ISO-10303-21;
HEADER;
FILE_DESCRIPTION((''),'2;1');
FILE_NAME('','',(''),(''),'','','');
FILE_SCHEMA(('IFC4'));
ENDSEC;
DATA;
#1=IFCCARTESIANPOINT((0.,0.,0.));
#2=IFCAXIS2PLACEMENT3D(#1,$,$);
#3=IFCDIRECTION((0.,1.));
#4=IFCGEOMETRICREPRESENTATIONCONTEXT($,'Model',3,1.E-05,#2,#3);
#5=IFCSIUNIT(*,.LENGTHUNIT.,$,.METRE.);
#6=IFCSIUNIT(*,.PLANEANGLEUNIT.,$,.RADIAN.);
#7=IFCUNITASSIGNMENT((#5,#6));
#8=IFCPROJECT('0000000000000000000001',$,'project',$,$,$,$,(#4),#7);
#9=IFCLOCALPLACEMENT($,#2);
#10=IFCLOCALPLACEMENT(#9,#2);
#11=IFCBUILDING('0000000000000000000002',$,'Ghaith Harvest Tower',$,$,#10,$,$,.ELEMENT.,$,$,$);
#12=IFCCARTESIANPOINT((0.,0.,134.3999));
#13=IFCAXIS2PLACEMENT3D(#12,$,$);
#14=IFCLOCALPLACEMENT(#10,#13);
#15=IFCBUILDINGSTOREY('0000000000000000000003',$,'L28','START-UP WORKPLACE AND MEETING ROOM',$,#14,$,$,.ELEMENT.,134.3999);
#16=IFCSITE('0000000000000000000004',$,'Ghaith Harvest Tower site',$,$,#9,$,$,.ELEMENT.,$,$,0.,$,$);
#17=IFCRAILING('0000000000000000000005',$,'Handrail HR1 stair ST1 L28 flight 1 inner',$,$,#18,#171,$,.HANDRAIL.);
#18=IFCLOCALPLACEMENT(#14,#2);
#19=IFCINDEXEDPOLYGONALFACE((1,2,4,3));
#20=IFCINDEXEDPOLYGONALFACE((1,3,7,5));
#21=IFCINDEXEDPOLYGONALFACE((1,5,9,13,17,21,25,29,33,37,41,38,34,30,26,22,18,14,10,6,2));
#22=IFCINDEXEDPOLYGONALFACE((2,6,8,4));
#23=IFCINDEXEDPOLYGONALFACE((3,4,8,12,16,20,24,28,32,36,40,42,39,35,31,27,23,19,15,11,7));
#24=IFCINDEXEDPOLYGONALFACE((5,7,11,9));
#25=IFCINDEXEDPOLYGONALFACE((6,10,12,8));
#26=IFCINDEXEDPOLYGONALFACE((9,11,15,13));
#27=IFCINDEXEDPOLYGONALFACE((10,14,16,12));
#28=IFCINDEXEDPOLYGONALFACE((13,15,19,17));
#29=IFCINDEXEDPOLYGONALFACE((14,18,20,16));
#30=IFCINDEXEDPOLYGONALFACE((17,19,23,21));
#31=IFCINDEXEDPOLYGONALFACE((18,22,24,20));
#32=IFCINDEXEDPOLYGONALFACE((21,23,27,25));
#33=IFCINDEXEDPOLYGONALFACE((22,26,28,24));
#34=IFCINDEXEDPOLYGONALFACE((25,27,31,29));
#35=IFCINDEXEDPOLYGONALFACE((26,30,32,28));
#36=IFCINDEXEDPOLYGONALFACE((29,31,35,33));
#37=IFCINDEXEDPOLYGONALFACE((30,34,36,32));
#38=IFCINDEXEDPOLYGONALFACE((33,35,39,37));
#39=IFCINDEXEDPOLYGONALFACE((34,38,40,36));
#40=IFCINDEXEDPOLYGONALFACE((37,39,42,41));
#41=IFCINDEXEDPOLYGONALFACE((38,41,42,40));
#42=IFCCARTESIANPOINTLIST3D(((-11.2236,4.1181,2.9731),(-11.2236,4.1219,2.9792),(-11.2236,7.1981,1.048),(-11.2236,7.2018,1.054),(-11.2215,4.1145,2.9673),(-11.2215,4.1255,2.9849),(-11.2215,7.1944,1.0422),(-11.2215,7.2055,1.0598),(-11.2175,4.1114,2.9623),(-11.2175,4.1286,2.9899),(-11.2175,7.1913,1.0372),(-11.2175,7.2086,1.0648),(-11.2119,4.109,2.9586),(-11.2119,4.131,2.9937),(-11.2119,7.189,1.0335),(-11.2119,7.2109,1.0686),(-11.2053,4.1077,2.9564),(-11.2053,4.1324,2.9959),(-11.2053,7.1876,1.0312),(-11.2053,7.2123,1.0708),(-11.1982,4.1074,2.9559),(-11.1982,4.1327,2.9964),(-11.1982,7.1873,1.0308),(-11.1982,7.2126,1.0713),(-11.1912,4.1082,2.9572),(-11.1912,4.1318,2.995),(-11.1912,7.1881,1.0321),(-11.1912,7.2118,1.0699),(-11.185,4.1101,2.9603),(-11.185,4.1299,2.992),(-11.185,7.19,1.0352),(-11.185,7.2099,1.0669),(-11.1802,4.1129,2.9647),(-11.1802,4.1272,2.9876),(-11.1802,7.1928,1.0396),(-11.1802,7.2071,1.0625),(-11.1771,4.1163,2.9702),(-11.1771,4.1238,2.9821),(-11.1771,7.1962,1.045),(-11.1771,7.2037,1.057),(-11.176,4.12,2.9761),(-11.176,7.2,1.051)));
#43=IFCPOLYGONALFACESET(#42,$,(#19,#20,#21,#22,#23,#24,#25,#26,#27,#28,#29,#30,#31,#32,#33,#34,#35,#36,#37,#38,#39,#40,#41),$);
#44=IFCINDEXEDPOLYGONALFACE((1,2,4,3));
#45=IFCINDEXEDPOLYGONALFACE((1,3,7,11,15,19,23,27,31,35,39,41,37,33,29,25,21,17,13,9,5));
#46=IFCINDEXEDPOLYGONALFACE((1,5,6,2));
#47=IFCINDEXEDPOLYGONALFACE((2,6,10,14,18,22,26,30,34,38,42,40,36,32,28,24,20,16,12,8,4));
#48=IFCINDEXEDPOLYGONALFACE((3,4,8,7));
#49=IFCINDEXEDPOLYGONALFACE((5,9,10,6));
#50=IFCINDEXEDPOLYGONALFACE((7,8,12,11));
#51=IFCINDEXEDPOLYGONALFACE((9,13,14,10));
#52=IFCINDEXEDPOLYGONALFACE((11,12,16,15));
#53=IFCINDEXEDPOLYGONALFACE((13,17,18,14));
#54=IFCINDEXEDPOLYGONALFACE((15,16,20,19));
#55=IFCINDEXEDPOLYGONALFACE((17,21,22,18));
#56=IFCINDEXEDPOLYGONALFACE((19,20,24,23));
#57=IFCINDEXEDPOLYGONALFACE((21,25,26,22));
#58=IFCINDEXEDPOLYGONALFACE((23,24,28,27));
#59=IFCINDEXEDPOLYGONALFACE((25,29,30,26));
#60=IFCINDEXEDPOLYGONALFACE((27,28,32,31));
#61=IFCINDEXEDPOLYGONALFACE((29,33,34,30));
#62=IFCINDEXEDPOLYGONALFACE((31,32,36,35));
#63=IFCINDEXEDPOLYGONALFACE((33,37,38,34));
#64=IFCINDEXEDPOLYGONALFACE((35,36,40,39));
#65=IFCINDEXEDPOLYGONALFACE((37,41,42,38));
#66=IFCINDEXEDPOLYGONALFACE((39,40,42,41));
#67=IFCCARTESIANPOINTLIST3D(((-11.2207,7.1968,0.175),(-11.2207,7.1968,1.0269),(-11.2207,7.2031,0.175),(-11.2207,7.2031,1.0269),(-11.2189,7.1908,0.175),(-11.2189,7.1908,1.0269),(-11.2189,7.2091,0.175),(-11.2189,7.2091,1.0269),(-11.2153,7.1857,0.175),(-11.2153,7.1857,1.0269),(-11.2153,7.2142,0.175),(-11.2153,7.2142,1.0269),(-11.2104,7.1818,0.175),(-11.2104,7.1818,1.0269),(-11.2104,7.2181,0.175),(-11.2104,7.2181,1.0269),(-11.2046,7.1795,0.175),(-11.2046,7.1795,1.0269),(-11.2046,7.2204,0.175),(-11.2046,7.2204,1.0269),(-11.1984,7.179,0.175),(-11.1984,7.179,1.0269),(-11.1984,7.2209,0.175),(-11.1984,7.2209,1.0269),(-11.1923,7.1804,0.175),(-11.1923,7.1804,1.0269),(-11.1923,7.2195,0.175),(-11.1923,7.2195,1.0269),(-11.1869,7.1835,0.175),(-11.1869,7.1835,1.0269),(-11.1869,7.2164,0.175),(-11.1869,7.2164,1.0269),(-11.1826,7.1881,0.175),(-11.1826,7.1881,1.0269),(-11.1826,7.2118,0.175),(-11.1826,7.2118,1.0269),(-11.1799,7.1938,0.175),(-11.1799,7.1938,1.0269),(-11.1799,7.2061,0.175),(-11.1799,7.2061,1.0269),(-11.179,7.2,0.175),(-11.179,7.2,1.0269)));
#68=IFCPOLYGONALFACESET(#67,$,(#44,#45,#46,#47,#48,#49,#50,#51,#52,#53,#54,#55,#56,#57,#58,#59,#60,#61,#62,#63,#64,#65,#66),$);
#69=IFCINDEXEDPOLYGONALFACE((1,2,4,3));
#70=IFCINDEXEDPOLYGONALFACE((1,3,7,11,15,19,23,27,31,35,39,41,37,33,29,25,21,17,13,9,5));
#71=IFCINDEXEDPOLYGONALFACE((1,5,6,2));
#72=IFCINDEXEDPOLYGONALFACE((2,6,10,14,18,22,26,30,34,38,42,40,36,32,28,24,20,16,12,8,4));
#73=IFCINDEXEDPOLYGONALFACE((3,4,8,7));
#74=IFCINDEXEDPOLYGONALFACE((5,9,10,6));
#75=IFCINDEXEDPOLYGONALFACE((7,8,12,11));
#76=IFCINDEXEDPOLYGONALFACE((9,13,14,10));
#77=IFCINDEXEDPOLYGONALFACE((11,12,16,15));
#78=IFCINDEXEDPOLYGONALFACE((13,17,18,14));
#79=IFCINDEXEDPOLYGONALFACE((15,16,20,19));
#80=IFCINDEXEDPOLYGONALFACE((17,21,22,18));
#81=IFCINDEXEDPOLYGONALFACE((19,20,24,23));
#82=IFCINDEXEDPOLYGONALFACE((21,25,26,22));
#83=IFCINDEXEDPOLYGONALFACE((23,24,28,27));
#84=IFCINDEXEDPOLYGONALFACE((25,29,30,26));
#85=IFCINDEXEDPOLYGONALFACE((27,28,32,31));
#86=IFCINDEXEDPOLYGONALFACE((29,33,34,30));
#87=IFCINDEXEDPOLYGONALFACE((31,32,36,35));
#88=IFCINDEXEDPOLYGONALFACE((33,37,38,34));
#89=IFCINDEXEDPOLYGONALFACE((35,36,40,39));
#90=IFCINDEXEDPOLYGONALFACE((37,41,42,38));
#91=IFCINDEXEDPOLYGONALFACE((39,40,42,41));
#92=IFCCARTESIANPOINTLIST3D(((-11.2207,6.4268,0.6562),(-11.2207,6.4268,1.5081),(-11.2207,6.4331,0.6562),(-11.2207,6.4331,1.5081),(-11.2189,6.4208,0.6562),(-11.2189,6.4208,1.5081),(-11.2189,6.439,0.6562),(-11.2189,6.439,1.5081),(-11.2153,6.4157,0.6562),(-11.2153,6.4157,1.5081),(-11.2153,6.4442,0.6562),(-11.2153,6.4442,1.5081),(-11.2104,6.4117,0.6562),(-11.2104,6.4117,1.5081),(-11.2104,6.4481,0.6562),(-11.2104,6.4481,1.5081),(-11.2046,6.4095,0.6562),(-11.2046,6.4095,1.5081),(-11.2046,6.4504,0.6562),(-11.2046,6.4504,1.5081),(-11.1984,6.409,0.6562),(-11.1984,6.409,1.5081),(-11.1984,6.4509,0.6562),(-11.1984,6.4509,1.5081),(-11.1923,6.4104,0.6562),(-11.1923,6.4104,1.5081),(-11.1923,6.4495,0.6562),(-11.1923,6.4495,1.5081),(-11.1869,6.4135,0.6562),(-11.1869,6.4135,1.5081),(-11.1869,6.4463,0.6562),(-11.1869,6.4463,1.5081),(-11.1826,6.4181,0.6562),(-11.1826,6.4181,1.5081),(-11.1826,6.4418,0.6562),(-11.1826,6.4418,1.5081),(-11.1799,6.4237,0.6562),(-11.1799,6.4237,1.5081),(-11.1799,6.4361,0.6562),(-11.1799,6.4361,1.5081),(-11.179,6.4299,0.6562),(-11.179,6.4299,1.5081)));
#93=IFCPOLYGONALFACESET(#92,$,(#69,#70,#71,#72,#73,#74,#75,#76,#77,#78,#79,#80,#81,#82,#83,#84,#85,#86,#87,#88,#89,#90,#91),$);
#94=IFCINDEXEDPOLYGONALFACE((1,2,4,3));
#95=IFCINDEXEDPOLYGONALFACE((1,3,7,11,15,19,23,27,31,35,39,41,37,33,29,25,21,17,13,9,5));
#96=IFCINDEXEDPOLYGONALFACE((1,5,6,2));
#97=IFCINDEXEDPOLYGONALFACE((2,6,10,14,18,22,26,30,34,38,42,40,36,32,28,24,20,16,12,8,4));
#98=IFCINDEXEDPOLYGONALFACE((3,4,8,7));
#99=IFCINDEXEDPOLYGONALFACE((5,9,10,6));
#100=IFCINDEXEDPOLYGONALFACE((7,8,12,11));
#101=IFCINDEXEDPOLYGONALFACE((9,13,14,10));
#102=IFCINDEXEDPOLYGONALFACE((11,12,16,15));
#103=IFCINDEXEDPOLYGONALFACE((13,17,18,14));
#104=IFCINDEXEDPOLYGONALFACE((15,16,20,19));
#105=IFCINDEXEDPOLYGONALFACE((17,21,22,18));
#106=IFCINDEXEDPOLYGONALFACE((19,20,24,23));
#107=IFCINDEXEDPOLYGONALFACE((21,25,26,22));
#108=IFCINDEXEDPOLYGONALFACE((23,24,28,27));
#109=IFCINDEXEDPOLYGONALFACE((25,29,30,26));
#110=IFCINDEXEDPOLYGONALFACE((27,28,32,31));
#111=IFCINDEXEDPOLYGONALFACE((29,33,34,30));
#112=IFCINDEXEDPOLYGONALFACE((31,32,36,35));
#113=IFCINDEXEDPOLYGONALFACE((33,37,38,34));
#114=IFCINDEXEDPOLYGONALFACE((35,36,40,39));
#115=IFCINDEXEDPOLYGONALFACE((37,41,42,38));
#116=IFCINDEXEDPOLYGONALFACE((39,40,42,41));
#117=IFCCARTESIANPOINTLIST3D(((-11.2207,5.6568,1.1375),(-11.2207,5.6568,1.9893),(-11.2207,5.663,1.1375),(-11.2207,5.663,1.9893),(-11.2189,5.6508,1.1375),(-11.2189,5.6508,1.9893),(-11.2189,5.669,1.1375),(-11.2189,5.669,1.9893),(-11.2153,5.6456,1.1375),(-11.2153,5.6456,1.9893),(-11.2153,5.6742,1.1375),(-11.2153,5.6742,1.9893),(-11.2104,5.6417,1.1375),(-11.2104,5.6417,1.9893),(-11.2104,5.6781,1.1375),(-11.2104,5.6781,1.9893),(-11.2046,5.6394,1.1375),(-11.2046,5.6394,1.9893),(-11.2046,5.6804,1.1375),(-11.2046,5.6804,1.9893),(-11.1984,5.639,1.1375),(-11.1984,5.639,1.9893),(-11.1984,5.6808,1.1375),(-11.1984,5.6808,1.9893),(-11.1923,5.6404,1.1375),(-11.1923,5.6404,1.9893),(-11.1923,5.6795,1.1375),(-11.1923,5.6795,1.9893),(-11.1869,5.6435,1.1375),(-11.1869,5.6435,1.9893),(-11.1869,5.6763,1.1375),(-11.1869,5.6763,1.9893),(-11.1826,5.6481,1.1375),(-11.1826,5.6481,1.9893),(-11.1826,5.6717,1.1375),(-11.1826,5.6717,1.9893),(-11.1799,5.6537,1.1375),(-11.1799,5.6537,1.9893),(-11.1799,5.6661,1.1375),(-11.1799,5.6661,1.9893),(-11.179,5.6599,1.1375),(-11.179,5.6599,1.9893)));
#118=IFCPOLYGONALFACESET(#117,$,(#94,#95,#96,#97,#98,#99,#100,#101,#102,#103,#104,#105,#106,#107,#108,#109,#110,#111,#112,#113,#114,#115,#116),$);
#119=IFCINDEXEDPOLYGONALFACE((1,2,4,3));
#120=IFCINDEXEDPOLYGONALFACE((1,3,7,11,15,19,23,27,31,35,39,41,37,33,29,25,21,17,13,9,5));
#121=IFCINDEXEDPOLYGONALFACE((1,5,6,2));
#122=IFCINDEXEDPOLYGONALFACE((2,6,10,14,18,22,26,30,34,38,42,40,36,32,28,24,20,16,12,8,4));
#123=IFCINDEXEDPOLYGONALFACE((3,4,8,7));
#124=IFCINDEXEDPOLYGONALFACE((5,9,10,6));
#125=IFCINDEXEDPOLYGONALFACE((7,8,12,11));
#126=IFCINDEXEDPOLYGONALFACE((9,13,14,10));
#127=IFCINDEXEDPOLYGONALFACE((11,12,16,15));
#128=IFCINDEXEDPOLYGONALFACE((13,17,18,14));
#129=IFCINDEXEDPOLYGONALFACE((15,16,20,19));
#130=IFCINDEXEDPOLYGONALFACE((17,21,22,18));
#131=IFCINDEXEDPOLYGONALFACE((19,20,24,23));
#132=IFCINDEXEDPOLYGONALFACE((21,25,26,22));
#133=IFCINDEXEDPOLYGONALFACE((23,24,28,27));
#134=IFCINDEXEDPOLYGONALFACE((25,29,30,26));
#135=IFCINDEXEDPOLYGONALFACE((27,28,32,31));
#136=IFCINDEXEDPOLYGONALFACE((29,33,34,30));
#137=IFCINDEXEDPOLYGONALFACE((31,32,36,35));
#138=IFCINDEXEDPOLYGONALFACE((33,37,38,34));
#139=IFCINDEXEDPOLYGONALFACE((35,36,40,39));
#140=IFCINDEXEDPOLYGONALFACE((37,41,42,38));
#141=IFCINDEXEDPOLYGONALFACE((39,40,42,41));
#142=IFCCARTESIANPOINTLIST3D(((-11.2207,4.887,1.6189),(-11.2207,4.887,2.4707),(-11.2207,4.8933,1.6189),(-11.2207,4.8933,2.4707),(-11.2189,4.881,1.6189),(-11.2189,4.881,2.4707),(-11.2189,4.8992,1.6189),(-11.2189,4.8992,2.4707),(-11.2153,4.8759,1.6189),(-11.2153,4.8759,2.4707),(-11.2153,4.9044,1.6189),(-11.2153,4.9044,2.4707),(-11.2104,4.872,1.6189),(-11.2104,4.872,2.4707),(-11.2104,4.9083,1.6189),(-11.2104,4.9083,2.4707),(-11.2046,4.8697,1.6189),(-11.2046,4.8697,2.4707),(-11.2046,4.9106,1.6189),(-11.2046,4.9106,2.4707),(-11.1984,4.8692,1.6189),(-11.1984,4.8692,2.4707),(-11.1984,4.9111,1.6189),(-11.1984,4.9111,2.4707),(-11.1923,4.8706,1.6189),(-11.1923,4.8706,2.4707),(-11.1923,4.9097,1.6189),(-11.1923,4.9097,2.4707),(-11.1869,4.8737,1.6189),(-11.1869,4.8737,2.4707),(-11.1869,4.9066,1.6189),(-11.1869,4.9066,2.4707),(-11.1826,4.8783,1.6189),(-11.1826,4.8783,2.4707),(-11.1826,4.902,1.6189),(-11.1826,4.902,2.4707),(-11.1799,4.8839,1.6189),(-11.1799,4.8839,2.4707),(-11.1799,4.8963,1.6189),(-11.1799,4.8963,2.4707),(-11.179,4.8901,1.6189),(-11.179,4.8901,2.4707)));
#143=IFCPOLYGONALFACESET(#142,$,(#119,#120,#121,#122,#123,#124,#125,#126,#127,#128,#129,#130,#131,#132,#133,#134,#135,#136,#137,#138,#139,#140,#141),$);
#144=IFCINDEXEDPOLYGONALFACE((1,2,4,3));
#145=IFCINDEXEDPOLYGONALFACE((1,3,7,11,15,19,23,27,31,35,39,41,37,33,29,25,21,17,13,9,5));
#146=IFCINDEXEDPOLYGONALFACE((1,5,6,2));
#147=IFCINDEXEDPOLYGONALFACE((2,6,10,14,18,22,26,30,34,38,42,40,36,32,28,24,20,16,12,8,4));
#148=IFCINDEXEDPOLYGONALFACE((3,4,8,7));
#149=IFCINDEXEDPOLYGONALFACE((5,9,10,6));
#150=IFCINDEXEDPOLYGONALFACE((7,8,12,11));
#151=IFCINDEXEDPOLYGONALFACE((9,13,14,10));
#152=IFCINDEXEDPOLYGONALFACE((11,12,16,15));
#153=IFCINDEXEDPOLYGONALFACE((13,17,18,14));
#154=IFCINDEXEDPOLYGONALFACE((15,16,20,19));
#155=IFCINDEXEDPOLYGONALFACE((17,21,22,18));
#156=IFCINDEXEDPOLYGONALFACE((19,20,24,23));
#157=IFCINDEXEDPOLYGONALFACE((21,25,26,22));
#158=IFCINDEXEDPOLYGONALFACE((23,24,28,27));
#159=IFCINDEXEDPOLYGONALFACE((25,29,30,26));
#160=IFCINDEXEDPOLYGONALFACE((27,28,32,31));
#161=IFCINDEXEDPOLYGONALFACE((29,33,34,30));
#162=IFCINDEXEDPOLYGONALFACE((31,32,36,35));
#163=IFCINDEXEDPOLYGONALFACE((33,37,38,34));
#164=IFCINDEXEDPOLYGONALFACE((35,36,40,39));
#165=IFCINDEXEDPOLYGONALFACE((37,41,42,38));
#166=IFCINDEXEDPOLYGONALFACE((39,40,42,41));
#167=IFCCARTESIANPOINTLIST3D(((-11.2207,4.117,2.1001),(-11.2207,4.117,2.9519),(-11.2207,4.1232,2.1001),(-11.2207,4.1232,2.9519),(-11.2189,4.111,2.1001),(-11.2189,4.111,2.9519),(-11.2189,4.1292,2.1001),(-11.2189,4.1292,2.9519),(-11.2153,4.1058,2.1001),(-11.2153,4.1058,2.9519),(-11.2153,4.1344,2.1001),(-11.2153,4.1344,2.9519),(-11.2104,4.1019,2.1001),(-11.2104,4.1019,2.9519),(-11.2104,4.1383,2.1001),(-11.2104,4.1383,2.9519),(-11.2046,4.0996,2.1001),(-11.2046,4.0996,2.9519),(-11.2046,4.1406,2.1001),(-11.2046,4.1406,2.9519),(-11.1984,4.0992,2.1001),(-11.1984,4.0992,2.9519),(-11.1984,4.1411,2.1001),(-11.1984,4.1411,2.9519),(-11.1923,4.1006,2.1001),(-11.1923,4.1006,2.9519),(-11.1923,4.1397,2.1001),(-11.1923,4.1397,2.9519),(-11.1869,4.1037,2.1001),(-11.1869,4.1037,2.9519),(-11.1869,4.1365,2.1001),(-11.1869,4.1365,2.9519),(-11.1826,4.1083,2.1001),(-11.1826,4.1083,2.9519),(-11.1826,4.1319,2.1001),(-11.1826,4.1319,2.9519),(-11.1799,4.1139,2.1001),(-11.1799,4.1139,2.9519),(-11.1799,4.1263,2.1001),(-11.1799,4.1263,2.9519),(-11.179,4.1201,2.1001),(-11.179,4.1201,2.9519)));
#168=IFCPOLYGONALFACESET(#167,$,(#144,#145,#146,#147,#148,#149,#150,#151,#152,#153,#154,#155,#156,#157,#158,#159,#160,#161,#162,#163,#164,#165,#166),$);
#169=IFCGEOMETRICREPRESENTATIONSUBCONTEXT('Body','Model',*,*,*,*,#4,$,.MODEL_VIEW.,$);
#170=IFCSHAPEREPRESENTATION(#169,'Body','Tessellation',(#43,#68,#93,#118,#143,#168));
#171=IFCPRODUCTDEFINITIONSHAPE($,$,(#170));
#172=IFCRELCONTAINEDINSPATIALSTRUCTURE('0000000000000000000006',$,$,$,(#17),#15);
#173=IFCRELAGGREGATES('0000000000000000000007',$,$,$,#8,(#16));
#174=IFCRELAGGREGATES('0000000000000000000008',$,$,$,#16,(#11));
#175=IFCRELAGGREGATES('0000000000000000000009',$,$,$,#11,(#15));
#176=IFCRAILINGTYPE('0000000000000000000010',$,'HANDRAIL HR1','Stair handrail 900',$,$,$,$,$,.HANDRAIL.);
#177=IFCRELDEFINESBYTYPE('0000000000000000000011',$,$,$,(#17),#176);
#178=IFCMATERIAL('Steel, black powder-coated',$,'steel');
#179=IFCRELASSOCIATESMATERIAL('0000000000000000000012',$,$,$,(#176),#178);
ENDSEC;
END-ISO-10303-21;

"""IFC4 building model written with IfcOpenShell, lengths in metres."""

from ifc_helpers import new_model, si_unit, direction, frame, origin, origin_2d, place, context, subcontext, project, spatial, circle, extrude, material, type_object, element, save


model = new_model("IFC4")

# Units and contexts
model_context = context("Model", 3, precision=1e-05, world=origin(), true_north=direction((0.0, 1.0)))
body_context = subcontext(model_context, "Body", "Model", "MODEL_VIEW")
ifc_project = project(units=[si_unit("LENGTHUNIT", "METRE"), si_unit("PLANEANGLEUNIT", "RADIAN")], contexts=[model_context])

# Site, building, storey
site_placement = place(None, origin())
site = spatial("IfcSite", under=ifc_project, at=site_placement, Name="Ghaith Harvest Tower site", CompositionType="ELEMENT", RefElevation=0.0)
building_placement = place(site_placement, origin())
building = spatial("IfcBuilding", under=site, at=building_placement, Name="Ghaith Harvest Tower", CompositionType="ELEMENT")
storey_placement = place(building_placement, frame((0.0, 0.0, 134.3999)))
storey = spatial("IfcBuildingStorey", under=building, at=storey_placement, Name="L28", Description="START-UP WORKPLACE AND MEETING ROOM", CompositionType="ELEMENT", Elevation=134.3999)

# Railing
ifc_material_1 = material(Name="Steel, black powder-coated", Category="steel")
railing_type = type_object("IfcRailingType", Name="HANDRAIL HR1", Description="Stair handrail 900", PredefinedType="HANDRAIL", material=ifc_material_1)
railing_1_placement = place(storey_placement, frame((-11.2, 7.2, 0.175)))
element("IfcRailing", 1, at=railing_1_placement, inside=storey, type_object=railing_type, Name="Handrail HR1 stair ST1 L28 flight 1 inner", PredefinedType="HANDRAIL", context=body_context, shape_type="SweptSolid", body=[
    extrude(circle(Radius=0.0239, at=origin_2d()), frame((0.0, 0.0, 0.876), z_axis=(0.0, -0.847979, 0.530029), x_axis=(1.0, 0.0, 0.0)), (0.0, 0.0, 1.0), 3.6321),
    extrude(circle(Radius=0.021, at=origin_2d()), origin(), (0.0, 0.0, 1.0), 0.8518),
    extrude(circle(Radius=0.021, at=origin_2d()), frame((0.0, -0.77, 0.4812)), (0.0, 0.0, 1.0), 0.8518),
    extrude(circle(Radius=0.021, at=origin_2d()), frame((0.0, -1.54, 0.9624)), (0.0, 0.0, 1.0), 0.8518),
    extrude(circle(Radius=0.021, at=origin_2d()), frame((0.0, -2.3098, 1.4438)), (0.0, 0.0, 1.0), 0.8518),
    extrude(circle(Radius=0.021, at=origin_2d()), frame((0.0, -3.0798, 1.925)), (0.0, 0.0, 1.0), 0.8518),
])

save(model, "model.ifc")
